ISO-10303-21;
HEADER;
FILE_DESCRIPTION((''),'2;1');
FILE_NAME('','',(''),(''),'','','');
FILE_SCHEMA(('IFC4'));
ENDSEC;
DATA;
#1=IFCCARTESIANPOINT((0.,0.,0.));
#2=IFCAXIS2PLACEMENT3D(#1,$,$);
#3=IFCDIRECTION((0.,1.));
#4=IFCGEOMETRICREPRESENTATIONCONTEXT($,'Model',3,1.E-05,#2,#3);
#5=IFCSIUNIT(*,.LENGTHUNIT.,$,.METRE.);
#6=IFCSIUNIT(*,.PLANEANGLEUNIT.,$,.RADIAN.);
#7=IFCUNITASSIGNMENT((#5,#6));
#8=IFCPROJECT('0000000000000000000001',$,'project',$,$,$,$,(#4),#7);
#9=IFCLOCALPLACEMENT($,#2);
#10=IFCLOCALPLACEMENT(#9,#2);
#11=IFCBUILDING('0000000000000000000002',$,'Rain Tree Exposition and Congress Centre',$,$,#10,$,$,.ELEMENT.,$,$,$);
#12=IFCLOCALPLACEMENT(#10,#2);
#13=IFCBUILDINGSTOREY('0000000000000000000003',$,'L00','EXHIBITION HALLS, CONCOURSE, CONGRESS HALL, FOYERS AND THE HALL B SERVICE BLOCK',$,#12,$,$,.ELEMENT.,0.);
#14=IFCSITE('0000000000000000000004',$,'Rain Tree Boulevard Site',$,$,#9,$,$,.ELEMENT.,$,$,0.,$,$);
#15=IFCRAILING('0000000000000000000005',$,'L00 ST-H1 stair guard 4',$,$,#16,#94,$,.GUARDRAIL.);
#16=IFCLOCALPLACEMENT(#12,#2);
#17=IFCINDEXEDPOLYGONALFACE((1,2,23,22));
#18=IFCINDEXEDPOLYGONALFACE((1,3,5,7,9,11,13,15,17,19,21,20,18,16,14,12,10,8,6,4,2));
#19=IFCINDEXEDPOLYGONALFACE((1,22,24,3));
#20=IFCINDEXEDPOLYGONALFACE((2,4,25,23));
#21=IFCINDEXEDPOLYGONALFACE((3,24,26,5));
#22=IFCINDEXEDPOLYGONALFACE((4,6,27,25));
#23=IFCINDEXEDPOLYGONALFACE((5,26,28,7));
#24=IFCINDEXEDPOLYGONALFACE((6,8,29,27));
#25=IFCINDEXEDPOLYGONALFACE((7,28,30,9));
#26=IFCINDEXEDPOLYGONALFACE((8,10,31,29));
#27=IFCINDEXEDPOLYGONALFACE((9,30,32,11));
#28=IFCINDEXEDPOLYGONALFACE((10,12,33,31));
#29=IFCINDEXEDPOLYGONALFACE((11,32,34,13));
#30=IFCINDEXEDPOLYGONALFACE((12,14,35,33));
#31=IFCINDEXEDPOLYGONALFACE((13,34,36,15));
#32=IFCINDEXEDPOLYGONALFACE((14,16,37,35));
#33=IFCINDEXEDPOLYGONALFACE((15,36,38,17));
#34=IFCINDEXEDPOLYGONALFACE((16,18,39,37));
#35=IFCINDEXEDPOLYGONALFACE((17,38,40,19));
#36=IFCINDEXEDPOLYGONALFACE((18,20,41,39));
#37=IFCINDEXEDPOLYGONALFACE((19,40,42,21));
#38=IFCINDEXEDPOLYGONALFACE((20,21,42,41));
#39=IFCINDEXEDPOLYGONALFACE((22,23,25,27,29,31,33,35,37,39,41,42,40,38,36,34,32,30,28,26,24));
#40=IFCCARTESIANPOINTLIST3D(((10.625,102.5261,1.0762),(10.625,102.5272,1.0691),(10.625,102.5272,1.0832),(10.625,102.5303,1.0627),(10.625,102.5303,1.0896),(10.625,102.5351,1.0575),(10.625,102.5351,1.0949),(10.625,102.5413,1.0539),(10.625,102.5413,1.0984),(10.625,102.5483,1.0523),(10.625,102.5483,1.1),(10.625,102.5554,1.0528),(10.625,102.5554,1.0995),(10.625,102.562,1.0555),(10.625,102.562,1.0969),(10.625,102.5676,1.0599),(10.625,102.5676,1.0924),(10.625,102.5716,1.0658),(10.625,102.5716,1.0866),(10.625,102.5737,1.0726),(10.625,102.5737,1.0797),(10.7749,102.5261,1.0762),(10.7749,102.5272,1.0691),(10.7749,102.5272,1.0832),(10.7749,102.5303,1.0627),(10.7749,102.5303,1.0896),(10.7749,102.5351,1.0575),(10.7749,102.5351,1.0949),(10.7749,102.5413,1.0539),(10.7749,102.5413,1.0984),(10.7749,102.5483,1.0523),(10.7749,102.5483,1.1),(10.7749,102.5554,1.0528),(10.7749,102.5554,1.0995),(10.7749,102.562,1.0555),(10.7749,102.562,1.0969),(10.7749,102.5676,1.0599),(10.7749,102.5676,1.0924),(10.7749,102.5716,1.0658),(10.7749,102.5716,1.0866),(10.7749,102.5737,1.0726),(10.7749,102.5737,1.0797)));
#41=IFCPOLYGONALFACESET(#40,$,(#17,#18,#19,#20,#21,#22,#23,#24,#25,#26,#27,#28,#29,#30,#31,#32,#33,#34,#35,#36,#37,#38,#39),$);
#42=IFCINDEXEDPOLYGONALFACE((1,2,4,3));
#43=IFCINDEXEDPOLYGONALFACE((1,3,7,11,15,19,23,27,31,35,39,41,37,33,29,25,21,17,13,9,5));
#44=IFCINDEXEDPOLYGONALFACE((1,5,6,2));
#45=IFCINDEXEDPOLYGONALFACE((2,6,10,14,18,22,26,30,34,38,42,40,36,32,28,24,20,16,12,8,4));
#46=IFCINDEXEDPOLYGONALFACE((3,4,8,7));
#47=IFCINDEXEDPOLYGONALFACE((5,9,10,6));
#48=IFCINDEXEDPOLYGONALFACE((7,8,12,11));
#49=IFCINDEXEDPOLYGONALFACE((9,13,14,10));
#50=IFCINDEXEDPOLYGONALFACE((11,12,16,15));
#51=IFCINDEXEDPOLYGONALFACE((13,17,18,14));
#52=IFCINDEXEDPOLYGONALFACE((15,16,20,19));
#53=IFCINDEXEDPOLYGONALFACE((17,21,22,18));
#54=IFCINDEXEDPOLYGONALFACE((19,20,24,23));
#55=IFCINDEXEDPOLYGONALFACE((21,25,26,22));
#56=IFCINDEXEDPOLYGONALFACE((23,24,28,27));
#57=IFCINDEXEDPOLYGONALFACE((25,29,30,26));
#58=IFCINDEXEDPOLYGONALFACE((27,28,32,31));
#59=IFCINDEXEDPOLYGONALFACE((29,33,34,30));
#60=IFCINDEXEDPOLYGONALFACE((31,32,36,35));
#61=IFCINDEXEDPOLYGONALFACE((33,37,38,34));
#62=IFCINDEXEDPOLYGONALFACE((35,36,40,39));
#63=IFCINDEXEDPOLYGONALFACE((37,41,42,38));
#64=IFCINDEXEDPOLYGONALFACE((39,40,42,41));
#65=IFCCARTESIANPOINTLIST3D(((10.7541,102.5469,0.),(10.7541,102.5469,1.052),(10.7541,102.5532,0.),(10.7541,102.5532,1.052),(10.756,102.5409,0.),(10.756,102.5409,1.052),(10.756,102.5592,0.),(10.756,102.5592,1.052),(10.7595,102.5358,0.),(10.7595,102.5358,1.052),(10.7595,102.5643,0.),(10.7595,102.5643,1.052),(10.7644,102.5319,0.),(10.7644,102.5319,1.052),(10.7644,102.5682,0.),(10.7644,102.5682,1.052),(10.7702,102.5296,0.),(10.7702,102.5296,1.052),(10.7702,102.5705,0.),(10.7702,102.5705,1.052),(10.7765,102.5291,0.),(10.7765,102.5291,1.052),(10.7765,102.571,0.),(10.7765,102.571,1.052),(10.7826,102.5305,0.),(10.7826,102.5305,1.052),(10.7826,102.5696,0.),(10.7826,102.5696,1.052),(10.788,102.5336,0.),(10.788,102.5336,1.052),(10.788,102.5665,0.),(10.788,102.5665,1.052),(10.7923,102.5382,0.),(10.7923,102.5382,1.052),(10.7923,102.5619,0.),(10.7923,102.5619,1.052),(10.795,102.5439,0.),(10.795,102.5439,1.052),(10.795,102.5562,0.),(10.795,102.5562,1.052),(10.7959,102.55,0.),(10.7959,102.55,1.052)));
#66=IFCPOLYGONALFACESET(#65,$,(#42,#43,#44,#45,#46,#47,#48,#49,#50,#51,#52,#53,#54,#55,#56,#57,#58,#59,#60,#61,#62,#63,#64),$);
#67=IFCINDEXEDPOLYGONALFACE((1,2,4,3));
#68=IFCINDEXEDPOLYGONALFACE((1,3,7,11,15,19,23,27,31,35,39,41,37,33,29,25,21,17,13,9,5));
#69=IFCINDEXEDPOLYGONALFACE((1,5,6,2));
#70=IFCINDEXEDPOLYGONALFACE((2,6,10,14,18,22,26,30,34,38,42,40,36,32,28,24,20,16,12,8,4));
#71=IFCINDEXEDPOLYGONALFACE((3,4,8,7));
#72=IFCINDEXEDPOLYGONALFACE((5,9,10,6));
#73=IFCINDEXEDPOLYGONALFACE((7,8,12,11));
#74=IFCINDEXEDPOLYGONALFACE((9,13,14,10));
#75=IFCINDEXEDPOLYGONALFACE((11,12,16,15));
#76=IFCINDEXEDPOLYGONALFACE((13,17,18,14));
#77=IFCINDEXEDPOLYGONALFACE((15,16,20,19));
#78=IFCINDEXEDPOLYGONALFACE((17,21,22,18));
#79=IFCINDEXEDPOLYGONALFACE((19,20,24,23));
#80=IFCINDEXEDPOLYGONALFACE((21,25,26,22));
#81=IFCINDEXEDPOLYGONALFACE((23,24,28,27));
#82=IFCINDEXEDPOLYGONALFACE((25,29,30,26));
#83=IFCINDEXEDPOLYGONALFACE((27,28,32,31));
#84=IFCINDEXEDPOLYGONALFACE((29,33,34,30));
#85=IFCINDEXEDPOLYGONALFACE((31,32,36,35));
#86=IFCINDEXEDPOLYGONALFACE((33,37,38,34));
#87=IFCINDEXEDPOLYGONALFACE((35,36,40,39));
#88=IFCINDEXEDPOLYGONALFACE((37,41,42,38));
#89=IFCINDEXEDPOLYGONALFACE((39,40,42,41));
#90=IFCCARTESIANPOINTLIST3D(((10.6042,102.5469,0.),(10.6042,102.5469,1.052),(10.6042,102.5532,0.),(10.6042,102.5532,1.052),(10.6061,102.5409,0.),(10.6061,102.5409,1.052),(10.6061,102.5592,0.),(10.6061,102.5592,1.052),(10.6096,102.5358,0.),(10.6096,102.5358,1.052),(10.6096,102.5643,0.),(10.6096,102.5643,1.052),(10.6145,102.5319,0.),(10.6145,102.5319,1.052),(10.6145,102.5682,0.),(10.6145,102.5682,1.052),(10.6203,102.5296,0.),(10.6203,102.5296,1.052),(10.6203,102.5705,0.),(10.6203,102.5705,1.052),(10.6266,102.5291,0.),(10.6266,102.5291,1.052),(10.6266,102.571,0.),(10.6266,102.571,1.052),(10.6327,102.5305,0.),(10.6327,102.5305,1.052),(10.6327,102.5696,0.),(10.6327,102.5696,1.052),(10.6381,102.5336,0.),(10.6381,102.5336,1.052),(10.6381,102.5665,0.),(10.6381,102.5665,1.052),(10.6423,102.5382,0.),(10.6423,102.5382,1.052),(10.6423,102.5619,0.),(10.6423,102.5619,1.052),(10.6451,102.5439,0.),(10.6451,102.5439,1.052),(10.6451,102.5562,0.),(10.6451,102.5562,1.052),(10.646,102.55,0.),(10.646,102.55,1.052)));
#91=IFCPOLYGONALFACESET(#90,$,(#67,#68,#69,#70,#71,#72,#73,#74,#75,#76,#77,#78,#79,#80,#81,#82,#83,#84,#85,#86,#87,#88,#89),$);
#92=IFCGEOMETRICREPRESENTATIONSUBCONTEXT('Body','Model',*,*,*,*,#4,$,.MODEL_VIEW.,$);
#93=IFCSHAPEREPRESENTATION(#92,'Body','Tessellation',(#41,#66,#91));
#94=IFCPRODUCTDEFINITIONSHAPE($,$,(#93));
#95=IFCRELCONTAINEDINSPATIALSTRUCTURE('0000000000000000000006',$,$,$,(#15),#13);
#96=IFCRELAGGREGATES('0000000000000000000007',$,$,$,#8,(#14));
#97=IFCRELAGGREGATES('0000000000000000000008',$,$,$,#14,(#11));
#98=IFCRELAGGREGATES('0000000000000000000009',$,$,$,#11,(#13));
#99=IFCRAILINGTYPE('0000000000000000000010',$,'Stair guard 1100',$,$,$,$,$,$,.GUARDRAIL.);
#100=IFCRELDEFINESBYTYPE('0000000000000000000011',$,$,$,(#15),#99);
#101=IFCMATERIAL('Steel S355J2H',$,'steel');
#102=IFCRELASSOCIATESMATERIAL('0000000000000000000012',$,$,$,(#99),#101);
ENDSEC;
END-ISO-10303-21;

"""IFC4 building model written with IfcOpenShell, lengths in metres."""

from ifc_helpers import new_model, si_unit, direction, frame, origin, origin_2d, place, context, subcontext, project, spatial, circle, extrude, material, type_object, element, save


model = new_model("IFC4")

# Units and contexts
model_context = context("Model", 3, precision=1e-05, world=origin(), true_north=direction((0.0, 1.0)))
body_context = subcontext(model_context, "Body", "Model", "MODEL_VIEW")
ifc_project = project(units=[si_unit("LENGTHUNIT", "METRE"), si_unit("PLANEANGLEUNIT", "RADIAN")], contexts=[model_context])

# Site, building, storey
site_placement = place(None, origin())
site = spatial("IfcSite", under=ifc_project, at=site_placement, Name="Rain Tree Boulevard Site", CompositionType="ELEMENT", RefElevation=0.0)
building_placement = place(site_placement, origin())
building = spatial("IfcBuilding", under=site, at=building_placement, Name="Rain Tree Exposition and Congress Centre", CompositionType="ELEMENT")
storey_placement = place(building_placement, origin())
storey = spatial("IfcBuildingStorey", under=building, at=storey_placement, Name="L00", Description="EXHIBITION HALLS, CONCOURSE, CONGRESS HALL, FOYERS AND THE HALL B SERVICE BLOCK", CompositionType="ELEMENT", Elevation=0.0)

# Railing
ifc_material_1 = material(Name="Steel S355J2H", Category="steel")
railing_type_1 = type_object("IfcRailingType", Name="Stair guard 1100", PredefinedType="GUARDRAIL", material=ifc_material_1)
railing_1_placement = place(storey_placement, frame((10.7749, 102.55, 0.0)))
element("IfcRailing", 1, at=railing_1_placement, inside=storey, type_object=railing_type_1, Name="L00 ST-H1 stair guard 4", PredefinedType="GUARDRAIL", context=body_context, shape_type="SweptSolid", body=[
    extrude(circle(Radius=0.0239, at=origin_2d()), frame((0.0, 0.0, 1.0762), z_axis=(-1.0, 0.0, 0.0), x_axis=(0.0, -1.0, 0.0)), (0.0, 0.0, 1.0), 0.1499),
    extrude(circle(Radius=0.021, at=origin_2d()), origin(), (0.0, 0.0, 1.0), 1.052),
    extrude(circle(Radius=0.021, at=origin_2d()), frame((-0.1499, 0.0, 0.0)), (0.0, 0.0, 1.0), 1.052),
])

save(model, "model.ifc")
